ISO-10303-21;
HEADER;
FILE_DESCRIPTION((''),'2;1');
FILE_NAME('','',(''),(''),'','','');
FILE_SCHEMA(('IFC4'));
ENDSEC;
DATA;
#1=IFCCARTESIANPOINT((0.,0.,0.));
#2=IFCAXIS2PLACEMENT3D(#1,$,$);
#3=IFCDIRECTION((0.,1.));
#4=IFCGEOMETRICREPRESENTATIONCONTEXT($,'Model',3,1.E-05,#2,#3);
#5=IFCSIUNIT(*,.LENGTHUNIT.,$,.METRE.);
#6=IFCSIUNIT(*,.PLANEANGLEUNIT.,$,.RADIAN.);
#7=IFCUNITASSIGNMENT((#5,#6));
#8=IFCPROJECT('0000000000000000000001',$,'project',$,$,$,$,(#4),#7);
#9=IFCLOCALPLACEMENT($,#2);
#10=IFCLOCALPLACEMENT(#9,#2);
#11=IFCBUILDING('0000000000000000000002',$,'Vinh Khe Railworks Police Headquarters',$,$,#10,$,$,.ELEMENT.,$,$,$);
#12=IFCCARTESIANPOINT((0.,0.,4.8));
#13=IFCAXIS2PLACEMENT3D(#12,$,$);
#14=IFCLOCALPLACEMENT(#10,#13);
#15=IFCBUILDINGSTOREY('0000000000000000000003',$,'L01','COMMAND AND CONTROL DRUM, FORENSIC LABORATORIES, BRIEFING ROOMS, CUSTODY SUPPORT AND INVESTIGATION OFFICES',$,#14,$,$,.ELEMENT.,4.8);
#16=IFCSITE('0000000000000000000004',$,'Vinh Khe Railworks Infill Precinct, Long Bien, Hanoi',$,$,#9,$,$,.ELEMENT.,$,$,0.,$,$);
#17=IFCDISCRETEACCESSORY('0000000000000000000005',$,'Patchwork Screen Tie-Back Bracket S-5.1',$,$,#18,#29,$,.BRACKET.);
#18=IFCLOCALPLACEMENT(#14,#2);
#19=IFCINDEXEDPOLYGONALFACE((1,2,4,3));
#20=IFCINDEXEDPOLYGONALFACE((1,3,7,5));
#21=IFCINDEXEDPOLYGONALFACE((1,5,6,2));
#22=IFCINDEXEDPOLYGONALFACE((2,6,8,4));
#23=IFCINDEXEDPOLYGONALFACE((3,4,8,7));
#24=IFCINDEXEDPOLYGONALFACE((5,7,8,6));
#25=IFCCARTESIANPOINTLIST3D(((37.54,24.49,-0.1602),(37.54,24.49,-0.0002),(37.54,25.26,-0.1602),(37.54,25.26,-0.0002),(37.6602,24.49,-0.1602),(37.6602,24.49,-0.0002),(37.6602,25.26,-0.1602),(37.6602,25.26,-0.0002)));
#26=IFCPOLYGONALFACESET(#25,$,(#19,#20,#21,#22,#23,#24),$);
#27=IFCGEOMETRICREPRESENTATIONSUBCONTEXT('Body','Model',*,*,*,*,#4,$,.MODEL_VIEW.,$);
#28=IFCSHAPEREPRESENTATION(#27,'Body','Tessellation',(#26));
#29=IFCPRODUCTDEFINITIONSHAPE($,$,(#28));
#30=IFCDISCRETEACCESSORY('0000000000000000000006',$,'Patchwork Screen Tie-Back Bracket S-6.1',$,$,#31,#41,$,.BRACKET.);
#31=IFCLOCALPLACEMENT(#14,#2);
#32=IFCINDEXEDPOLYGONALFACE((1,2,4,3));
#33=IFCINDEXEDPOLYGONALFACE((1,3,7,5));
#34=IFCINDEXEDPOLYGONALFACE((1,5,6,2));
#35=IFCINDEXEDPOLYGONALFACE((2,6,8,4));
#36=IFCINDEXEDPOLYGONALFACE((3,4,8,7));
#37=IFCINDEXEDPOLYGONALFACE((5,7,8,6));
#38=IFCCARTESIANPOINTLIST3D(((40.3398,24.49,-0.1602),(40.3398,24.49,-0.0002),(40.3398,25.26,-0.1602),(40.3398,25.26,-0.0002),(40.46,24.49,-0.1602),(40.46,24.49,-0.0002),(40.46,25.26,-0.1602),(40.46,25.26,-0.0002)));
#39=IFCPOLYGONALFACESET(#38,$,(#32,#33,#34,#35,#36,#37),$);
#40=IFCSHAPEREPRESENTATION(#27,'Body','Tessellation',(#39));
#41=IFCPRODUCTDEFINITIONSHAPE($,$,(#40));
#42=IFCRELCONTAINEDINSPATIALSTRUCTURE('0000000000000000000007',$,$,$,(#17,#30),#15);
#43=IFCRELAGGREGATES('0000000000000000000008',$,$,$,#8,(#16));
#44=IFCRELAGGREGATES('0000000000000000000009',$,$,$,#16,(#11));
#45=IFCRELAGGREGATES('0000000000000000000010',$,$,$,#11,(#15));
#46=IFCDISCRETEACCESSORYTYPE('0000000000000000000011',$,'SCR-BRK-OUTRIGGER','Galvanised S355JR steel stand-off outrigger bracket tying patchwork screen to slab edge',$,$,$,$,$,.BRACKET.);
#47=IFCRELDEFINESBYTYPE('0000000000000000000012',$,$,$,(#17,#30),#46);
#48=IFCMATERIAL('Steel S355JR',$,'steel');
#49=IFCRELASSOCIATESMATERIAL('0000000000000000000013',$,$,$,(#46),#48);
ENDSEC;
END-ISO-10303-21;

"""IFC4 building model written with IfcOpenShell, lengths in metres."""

from ifc_helpers import new_model, si_unit, direction, frame, origin, origin_2d, place, context, subcontext, project, spatial, rectangle, extrude, material, type_object, element, save


model = new_model("IFC4")

# Units and contexts
model_context = context("Model", 3, precision=1e-05, world=origin(), true_north=direction((0.0, 1.0)))
body_context = subcontext(model_context, "Body", "Model", "MODEL_VIEW")
ifc_project = project(units=[si_unit("LENGTHUNIT", "METRE"), si_unit("PLANEANGLEUNIT", "RADIAN")], contexts=[model_context])

# Site, building, storey
site_placement = place(None, origin())
site = spatial("IfcSite", under=ifc_project, at=site_placement, Name="Vinh Khe Railworks Infill Precinct, Long Bien, Hanoi", CompositionType="ELEMENT", RefElevation=0.0)
building_placement = place(site_placement, origin())
building = spatial("IfcBuilding", under=site, at=building_placement, Name="Vinh Khe Railworks Police Headquarters", CompositionType="ELEMENT")
storey_placement = place(building_placement, frame((0.0, 0.0, 4.8)))
storey = spatial("IfcBuildingStorey", under=building, at=storey_placement, Name="L01", Description="COMMAND AND CONTROL DRUM, FORENSIC LABORATORIES, BRIEFING ROOMS, CUSTODY SUPPORT AND INVESTIGATION OFFICES", CompositionType="ELEMENT", Elevation=4.8)

# Shared definitions
ifc_material_1 = material(Name="Steel S355JR", Category="steel")

# Discrete accessories
discrete_accessory_type = type_object("IfcDiscreteAccessoryType", Name="SCR-BRK-OUTRIGGER", Description="Galvanised S355JR steel stand-off outrigger bracket tying patchwork screen to slab edge", PredefinedType="BRACKET", material=ifc_material_1)
for number, where, z_axis, x_axis, name in (
    (1, (37.6001, 24.875, -0.1602), (0.0, 0.0, 1.0), (1.0, 0.0, 0.0), "Patchwork Screen Tie-Back Bracket S-5.1"),
    (2, (40.3999, 24.875, -0.1602), (0.0, 0.0, 1.0), (1.0, 0.0, 0.0), "Patchwork Screen Tie-Back Bracket S-6.1"),
):
    element("IfcDiscreteAccessory", number, at=place(storey_placement, frame(where, z_axis=z_axis, x_axis=x_axis)), inside=storey, type_object=discrete_accessory_type, Name=name, PredefinedType="BRACKET", context=body_context, shape_type="SweptSolid", body=[
        extrude(rectangle(XDim=0.1201, YDim=0.77, at=origin_2d()), origin(), (0.0, 0.0, 1.0), 0.1599),
    ])

save(model, "model.ifc")
